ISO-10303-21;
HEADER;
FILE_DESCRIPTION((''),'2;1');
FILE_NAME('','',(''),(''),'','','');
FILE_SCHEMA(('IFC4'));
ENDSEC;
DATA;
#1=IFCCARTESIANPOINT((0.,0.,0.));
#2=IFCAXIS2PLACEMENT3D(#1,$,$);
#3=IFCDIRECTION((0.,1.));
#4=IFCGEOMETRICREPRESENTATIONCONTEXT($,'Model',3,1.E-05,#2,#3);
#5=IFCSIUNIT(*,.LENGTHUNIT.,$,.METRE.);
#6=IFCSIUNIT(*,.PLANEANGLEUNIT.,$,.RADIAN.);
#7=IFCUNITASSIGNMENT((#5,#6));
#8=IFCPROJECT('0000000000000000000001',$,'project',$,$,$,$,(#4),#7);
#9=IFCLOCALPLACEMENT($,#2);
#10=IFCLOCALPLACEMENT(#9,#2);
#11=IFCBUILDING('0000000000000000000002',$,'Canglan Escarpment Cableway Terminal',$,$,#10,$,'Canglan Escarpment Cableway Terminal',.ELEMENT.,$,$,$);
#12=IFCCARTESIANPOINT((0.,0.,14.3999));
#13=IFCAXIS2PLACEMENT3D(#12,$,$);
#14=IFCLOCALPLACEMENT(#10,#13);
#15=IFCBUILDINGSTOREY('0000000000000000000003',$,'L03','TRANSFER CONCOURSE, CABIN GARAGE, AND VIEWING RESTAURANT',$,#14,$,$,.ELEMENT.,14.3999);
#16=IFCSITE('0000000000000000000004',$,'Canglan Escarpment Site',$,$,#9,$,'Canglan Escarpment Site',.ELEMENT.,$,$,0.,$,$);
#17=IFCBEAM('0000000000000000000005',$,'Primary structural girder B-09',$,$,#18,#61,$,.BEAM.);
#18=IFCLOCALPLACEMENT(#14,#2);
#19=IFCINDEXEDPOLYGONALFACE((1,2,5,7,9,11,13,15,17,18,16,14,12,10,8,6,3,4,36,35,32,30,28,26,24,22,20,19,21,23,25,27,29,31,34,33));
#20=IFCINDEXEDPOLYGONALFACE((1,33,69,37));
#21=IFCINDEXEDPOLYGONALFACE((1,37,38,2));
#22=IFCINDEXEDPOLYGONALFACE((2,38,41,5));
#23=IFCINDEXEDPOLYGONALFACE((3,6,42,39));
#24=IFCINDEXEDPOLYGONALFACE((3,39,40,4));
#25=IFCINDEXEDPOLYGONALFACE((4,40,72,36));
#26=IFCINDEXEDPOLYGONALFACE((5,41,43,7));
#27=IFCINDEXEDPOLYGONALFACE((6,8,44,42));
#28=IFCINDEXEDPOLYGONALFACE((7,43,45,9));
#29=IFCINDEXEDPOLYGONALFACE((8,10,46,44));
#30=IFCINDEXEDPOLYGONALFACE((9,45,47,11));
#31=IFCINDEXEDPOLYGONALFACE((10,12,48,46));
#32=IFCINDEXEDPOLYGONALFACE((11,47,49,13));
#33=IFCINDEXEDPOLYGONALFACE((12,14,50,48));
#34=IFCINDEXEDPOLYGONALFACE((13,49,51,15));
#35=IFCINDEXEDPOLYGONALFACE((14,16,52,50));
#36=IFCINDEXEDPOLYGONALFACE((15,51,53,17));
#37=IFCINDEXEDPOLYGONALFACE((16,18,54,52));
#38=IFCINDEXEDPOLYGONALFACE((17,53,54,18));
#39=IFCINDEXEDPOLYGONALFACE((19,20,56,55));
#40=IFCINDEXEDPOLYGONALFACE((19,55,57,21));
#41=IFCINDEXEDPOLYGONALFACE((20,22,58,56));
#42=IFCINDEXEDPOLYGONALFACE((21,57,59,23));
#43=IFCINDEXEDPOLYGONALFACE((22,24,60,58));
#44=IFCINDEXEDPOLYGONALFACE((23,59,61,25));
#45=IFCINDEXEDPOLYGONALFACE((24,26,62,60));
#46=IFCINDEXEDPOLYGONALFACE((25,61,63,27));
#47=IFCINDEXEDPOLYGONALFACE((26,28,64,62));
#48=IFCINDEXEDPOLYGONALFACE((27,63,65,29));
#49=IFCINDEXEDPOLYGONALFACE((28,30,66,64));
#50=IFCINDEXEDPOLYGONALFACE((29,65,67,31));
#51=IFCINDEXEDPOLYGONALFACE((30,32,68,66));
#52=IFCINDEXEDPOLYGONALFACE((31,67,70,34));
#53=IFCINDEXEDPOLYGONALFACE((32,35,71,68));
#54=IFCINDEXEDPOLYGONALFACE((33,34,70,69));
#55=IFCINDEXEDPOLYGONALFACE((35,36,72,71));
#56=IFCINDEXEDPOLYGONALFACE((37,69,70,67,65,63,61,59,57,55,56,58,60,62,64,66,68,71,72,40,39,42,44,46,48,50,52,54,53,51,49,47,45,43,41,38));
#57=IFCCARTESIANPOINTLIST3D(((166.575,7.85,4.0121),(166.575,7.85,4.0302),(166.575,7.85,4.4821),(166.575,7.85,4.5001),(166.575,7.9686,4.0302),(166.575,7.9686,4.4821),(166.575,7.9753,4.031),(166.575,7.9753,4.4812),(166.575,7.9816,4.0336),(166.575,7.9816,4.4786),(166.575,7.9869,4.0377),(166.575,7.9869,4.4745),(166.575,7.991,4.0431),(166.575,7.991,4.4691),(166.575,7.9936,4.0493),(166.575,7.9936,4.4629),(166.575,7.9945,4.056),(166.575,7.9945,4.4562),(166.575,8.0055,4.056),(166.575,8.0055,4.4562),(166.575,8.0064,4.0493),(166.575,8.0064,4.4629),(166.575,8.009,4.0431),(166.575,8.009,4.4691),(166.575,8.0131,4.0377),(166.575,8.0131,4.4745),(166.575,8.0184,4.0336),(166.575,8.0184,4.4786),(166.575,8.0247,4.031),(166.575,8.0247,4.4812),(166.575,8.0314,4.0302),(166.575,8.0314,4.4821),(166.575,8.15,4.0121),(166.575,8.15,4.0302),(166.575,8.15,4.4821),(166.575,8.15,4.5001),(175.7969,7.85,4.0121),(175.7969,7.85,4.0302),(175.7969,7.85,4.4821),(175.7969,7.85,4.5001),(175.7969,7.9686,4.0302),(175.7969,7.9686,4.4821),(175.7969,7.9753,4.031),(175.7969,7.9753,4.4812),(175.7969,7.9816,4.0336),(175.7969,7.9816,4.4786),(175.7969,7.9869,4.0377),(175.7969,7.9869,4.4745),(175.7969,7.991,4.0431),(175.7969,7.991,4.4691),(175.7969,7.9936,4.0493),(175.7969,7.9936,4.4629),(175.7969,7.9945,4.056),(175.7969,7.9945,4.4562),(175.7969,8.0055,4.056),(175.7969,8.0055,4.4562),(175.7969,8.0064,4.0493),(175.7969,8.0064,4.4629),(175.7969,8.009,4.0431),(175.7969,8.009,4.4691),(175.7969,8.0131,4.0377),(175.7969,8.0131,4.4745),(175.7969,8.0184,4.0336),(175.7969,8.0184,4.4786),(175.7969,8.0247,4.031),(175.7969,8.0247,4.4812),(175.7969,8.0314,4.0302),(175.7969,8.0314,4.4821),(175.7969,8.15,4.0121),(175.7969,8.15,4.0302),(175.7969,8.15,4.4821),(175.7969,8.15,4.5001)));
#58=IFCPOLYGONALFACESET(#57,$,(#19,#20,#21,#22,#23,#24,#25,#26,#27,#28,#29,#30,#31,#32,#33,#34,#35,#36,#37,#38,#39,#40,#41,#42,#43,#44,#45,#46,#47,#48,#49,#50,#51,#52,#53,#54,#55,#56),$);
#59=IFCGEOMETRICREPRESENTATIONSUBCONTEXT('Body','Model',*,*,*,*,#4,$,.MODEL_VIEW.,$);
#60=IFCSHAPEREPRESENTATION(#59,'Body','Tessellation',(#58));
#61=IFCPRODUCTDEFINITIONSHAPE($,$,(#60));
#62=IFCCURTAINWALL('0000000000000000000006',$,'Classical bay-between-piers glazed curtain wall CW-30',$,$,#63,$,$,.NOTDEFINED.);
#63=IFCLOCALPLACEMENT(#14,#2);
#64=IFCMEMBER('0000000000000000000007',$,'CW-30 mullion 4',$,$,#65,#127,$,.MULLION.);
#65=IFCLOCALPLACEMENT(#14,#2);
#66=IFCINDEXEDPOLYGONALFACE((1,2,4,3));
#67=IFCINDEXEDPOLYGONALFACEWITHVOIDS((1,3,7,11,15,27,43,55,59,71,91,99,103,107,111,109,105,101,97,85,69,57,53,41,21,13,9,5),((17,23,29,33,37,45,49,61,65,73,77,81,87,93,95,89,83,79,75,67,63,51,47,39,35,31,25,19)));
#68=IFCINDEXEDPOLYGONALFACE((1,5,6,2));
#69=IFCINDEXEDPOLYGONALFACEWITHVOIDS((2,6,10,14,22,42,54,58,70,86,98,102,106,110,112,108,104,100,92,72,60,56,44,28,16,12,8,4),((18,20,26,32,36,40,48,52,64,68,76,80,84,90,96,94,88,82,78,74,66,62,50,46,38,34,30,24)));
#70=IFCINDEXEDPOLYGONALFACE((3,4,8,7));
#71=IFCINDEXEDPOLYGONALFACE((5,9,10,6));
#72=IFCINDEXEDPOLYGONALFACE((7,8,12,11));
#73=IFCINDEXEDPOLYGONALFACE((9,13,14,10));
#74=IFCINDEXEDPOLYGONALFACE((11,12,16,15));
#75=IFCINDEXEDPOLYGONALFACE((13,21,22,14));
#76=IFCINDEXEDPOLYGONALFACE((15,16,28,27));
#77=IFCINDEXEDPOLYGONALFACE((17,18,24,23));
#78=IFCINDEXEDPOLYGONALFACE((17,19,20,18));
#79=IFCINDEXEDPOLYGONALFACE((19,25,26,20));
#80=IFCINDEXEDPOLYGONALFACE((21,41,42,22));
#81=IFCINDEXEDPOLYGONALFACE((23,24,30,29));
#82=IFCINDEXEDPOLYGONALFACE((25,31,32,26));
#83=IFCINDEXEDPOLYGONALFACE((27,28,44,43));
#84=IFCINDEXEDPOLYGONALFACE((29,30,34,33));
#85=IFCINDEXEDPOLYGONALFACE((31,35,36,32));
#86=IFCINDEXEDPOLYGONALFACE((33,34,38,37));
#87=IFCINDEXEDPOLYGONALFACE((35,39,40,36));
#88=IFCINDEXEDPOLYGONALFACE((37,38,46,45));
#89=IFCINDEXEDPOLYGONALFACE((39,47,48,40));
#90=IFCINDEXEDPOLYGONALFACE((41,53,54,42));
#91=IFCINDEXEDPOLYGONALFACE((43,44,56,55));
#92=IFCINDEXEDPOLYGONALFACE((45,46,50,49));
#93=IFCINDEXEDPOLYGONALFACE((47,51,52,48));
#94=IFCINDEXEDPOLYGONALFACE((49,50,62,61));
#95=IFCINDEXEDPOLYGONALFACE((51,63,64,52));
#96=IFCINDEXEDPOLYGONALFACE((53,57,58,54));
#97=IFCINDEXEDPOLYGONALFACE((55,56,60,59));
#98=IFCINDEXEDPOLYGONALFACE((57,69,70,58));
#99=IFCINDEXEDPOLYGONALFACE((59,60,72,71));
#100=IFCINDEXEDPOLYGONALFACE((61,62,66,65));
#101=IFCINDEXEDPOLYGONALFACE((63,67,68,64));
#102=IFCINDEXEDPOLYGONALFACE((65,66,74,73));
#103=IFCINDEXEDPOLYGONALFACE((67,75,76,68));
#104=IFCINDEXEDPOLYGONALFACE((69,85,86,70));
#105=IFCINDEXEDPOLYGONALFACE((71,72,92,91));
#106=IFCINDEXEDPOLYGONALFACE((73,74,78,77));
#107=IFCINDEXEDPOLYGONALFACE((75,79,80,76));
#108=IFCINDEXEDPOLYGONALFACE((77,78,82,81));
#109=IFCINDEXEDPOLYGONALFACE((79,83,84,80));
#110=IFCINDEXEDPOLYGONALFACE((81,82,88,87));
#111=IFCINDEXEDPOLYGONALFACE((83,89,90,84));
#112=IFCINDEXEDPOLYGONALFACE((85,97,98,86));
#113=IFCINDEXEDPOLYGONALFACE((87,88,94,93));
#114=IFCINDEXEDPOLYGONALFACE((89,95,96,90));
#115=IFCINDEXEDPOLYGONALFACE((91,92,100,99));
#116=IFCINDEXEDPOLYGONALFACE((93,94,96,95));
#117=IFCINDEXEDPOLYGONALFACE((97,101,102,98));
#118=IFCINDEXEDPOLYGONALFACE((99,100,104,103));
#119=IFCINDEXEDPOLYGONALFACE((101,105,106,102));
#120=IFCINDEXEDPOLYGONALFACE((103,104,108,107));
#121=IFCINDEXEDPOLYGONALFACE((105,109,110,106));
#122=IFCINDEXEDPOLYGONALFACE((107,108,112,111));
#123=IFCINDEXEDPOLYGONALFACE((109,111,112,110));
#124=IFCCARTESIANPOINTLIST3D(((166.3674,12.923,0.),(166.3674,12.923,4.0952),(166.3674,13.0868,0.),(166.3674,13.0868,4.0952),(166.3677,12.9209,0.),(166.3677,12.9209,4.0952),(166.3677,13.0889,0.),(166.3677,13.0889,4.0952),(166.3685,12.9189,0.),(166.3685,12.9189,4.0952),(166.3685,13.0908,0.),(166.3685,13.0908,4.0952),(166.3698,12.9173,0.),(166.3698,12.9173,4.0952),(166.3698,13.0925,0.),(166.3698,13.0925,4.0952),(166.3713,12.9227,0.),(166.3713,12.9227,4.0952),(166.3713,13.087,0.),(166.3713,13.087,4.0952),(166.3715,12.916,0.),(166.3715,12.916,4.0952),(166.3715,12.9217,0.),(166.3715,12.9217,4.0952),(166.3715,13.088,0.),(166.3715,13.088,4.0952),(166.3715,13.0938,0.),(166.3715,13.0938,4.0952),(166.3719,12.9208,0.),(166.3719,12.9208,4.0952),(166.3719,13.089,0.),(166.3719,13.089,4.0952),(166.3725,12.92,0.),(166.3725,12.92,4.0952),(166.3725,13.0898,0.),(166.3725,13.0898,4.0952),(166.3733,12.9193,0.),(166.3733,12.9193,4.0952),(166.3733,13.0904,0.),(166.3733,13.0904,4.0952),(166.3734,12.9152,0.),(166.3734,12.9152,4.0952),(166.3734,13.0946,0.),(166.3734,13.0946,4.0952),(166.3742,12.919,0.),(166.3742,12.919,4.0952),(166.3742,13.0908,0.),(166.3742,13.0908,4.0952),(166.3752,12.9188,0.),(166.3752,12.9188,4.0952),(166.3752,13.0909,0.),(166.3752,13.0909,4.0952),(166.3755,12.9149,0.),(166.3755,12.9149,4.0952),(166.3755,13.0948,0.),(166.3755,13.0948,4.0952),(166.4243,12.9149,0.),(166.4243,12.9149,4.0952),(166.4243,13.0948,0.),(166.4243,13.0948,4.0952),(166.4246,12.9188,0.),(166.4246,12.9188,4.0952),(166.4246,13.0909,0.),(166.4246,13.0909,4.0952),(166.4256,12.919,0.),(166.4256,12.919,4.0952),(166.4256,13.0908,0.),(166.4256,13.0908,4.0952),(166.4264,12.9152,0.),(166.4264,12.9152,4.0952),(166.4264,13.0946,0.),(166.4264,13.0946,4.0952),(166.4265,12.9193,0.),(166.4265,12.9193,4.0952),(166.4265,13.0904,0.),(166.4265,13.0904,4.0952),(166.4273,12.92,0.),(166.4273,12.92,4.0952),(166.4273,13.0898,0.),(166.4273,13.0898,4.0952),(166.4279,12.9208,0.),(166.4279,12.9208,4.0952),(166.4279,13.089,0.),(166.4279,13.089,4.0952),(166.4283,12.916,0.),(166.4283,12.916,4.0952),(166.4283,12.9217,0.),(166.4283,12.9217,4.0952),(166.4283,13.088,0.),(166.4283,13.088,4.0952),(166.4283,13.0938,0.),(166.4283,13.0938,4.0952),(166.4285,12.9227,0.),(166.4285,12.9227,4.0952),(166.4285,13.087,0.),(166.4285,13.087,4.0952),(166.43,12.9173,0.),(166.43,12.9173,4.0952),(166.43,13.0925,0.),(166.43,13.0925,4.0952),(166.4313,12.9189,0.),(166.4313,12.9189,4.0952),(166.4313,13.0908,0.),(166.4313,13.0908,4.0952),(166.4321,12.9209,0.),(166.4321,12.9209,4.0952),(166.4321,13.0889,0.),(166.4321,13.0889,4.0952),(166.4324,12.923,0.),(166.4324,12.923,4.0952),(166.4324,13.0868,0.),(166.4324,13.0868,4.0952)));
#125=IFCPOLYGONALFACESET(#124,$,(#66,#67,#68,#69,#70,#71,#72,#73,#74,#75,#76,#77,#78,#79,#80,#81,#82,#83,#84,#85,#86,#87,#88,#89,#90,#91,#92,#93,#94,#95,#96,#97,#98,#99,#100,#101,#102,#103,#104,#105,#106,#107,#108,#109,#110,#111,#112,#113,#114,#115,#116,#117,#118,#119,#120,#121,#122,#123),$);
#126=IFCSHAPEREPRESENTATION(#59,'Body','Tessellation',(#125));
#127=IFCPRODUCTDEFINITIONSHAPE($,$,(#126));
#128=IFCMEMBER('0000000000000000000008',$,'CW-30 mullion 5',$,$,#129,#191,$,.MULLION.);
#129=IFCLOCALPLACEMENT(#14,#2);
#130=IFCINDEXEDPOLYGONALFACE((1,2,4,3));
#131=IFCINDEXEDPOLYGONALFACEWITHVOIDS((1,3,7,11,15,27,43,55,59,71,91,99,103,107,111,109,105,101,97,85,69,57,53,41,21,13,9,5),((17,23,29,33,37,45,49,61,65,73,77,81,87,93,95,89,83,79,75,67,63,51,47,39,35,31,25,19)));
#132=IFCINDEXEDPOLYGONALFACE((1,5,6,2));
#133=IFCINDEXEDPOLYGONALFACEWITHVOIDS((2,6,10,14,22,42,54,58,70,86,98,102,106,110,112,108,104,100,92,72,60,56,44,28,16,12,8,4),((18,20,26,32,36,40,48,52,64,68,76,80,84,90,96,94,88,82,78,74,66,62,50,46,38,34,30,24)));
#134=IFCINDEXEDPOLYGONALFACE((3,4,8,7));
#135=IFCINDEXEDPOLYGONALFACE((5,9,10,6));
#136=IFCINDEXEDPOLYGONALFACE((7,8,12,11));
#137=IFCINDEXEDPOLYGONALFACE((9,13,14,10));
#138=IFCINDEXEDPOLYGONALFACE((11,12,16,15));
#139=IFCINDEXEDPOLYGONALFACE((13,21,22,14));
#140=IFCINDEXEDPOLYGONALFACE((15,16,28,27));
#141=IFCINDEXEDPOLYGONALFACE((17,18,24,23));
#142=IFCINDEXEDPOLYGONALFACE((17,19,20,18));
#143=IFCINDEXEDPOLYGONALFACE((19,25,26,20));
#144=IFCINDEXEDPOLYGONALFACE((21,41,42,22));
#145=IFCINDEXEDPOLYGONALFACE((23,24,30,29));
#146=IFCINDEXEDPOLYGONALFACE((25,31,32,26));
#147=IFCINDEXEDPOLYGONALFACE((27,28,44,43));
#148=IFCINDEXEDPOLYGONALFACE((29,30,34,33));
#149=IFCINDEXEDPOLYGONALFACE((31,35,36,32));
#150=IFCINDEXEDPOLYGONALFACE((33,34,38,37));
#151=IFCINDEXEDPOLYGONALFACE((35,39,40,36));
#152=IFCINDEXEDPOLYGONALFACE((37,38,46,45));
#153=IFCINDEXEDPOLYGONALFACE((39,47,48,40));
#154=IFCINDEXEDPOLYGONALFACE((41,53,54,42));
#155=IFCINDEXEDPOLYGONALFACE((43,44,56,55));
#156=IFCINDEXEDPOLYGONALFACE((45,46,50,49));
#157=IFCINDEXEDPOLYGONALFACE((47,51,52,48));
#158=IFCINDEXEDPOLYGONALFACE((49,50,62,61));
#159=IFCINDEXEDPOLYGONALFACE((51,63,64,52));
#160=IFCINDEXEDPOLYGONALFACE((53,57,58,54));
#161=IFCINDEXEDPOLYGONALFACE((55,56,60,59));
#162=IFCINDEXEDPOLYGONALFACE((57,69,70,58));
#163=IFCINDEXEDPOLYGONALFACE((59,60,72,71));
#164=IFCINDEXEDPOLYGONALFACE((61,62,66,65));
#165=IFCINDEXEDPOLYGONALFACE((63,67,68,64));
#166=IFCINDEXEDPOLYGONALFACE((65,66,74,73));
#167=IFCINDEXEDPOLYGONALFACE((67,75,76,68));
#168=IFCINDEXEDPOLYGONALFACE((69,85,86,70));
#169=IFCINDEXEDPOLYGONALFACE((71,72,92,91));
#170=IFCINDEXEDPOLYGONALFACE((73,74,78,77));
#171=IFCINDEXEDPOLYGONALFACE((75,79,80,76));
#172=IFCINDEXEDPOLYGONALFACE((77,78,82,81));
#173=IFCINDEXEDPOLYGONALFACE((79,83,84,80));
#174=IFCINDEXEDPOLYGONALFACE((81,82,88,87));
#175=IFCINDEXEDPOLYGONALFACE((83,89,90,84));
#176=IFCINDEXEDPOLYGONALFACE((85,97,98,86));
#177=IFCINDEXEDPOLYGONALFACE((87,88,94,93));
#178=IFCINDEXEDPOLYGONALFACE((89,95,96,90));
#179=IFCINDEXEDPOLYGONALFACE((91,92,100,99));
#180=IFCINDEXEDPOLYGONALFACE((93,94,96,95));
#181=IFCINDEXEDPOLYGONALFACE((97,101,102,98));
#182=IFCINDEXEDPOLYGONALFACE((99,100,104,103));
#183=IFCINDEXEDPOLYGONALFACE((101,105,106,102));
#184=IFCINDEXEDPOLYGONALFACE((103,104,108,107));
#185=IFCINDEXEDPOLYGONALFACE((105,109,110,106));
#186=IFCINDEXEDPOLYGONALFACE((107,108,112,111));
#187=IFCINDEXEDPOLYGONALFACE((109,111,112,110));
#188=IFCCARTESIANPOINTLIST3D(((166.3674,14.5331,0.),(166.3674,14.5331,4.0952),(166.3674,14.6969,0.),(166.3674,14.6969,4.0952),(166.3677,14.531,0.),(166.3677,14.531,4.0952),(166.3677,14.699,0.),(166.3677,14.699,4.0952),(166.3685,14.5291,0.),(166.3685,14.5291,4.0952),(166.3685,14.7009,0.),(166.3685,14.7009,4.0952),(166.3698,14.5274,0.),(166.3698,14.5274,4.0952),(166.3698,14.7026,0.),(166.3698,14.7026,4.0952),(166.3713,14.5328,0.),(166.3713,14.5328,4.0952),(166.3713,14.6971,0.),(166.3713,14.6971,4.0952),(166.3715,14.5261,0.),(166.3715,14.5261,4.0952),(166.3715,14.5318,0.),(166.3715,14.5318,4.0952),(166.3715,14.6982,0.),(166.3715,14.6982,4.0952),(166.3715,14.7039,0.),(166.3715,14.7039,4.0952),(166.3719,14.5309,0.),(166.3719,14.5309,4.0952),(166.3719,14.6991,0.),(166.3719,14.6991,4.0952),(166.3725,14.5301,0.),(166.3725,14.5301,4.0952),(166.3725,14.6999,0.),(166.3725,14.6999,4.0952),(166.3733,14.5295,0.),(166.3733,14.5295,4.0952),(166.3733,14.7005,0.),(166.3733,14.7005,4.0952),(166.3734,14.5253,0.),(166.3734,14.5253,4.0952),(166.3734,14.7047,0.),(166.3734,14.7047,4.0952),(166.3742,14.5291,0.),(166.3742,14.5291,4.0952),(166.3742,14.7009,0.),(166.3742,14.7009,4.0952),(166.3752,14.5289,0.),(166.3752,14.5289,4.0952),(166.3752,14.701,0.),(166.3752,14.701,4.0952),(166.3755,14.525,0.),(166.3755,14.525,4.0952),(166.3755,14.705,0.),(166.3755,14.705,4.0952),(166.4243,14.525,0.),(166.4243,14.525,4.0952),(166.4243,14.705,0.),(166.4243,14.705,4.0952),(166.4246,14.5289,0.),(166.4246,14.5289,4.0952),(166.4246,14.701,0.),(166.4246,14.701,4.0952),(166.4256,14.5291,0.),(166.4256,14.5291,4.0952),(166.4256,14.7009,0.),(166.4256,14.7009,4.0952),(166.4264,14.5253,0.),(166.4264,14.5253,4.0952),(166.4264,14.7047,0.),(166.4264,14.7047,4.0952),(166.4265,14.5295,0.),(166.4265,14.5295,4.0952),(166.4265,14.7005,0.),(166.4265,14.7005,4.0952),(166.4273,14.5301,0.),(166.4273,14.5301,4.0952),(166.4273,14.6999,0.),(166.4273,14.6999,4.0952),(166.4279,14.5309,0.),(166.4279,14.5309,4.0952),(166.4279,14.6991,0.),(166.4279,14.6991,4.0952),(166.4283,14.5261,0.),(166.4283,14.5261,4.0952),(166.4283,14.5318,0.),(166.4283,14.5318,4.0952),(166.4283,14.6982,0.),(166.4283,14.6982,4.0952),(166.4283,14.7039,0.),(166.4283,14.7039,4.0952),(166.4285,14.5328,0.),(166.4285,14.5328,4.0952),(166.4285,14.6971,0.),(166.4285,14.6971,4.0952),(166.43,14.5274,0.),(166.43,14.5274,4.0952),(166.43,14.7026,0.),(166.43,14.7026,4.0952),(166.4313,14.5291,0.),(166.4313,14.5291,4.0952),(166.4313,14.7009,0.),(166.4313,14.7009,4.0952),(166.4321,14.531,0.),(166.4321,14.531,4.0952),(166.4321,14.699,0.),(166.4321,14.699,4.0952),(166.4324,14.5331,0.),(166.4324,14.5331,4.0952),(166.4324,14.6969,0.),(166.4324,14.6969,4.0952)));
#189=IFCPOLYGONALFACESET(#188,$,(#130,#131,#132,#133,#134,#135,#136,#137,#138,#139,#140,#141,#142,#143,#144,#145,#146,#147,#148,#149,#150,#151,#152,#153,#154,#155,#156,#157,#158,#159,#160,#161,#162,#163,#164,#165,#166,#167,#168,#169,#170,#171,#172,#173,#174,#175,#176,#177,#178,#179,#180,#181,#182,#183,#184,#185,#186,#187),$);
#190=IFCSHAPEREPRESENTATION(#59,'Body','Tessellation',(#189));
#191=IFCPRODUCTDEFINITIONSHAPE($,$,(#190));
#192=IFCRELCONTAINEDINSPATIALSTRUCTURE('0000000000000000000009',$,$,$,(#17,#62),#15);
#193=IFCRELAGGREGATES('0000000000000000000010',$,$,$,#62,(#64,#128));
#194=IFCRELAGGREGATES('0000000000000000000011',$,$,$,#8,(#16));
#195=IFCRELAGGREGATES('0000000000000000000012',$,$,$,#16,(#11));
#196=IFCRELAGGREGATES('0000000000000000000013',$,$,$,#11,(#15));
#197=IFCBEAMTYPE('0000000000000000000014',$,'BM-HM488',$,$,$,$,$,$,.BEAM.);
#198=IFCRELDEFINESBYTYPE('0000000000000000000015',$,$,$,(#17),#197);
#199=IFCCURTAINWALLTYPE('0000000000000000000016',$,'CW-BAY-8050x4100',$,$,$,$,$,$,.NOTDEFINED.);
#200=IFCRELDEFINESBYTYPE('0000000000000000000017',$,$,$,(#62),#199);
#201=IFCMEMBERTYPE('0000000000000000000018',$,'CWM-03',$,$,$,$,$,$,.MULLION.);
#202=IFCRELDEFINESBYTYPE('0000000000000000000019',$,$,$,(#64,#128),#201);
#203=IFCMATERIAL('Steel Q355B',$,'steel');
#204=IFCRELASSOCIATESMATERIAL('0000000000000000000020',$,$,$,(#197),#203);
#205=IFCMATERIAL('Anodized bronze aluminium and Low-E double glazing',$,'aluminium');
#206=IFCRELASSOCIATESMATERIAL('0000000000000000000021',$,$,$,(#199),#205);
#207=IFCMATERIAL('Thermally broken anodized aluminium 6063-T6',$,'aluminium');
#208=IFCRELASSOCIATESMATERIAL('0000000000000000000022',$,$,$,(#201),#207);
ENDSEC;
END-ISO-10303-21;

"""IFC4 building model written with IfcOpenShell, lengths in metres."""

from ifc_helpers import new_model, si_unit, direction, frame, origin, origin_2d, place, context, subcontext, project, spatial, hollow_rectangle, i_section, extrude, material, material_profile, profile_set, type_object, element, aggregate, save


model = new_model("IFC4")

# Units and contexts
model_context = context("Model", 3, precision=1e-05, world=origin(), true_north=direction((0.0, 1.0)))
body_context = subcontext(model_context, "Body", "Model", "MODEL_VIEW")
ifc_project = project(units=[si_unit("LENGTHUNIT", "METRE"), si_unit("PLANEANGLEUNIT", "RADIAN")], contexts=[model_context])

# Site, building, storey
site_placement = place(None, origin())
site = spatial("IfcSite", under=ifc_project, at=site_placement, Name="Canglan Escarpment Site", LongName="Canglan Escarpment Site", CompositionType="ELEMENT", RefElevation=0.0)
building_placement = place(site_placement, origin())
building = spatial("IfcBuilding", under=site, at=building_placement, Name="Canglan Escarpment Cableway Terminal", LongName="Canglan Escarpment Cableway Terminal", CompositionType="ELEMENT")
storey_placement = place(building_placement, frame((0.0, 0.0, 14.3999)))
storey = spatial("IfcBuildingStorey", under=building, at=storey_placement, Name="L03", Description="TRANSFER CONCOURSE, CABIN GARAGE, AND VIEWING RESTAURANT", CompositionType="ELEMENT", Elevation=14.3999)

# Beam
ifc_material_1 = material(Name="Steel Q355B", Category="steel")
ifc_material_profile_1 = material_profile(ifc_material_1, i_section(OverallWidth=0.3, OverallDepth=0.488, WebThickness=0.011, FlangeThickness=0.0181, FilletRadius=0.0259, at=origin_2d()), Name="HM 488x300x11x18")
ifc_profile_set_1 = profile_set([ifc_material_profile_1], Name="Steel Q355B")
beam_type_1 = type_object("IfcBeamType", Name="BM-HM488", PredefinedType="BEAM", material=ifc_profile_set_1)
beam_1_placement = place(storey_placement, frame((166.575, 8.0, 4.2561), z_axis=(1.0, 0.0, 0.0), x_axis=(0.0, 1.0, 0.0)))
element("IfcBeam", 1, at=beam_1_placement, inside=storey, type_object=beam_type_1, Name="Primary structural girder B-09", PredefinedType="BEAM", context=body_context, shape_type="SweptSolid", body=[
    extrude(i_section(OverallWidth=0.3, OverallDepth=0.488, WebThickness=0.011, FlangeThickness=0.0181, FilletRadius=0.0259, at=origin_2d()), origin(), (0.0, 0.0, 1.0), 9.2219),
])

# Curtain wall, members
ifc_material_2 = material(Name="Anodized bronze aluminium and Low-E double glazing", Category="aluminium")
curtain_wall_type = type_object("IfcCurtainWallType", Name="CW-BAY-8050x4100", PredefinedType="NOTDEFINED", material=ifc_material_2)
curtain_wall_placement = place(storey_placement, origin())
curtain_wall = element("IfcCurtainWall", 2, at=curtain_wall_placement, inside=storey, type_object=curtain_wall_type, Name="Classical bay-between-piers glazed curtain wall CW-30", PredefinedType="NOTDEFINED")
ifc_material_3 = material(Name="Thermally broken anodized aluminium 6063-T6", Category="aluminium")
ifc_material_profile_2 = material_profile(ifc_material_3, hollow_rectangle(XDim=0.0649, YDim=0.1799, WallThickness=0.0039, InnerFilletRadius=0.0039, OuterFilletRadius=0.0081, at=origin_2d()), Name="ALU-MULL 65x180x4")
ifc_profile_set_2 = profile_set([ifc_material_profile_2], Name="Thermally broken anodized aluminium 6063-T6")
member_type_1 = type_object("IfcMemberType", Name="CWM-03", PredefinedType="MULLION", material=ifc_profile_set_2)
member_1_placement = place(storey_placement, frame((166.3999, 13.0049, 0.0), z_axis=(0.0, 0.0, 1.0), x_axis=(-1.0, 0.0, 0.0)))
member_1 = element("IfcMember", 3, at=member_1_placement, type_object=member_type_1, Name="CW-30 mullion 4", PredefinedType="MULLION", context=body_context, shape_type="SweptSolid", body=[
    extrude(hollow_rectangle(XDim=0.0649, YDim=0.1799, WallThickness=0.0039, InnerFilletRadius=0.0039, OuterFilletRadius=0.0081, at=origin_2d()), origin(), (0.0, 0.0, 1.0), 4.0952),
])
member_2_placement = place(storey_placement, frame((166.3999, 14.615, 0.0), z_axis=(0.0, 0.0, 1.0), x_axis=(-1.0, 0.0, 0.0)))
member_2 = element("IfcMember", 4, at=member_2_placement, type_object=member_type_1, Name="CW-30 mullion 5", PredefinedType="MULLION", context=body_context, shape_type="SweptSolid", body=[
    extrude(hollow_rectangle(XDim=0.0649, YDim=0.1799, WallThickness=0.0039, InnerFilletRadius=0.0039, OuterFilletRadius=0.0081, at=origin_2d()), origin(), (0.0, 0.0, 1.0), 4.0952),
])

aggregate(curtain_wall, [member_1, member_2])

save(model, "model.ifc")
